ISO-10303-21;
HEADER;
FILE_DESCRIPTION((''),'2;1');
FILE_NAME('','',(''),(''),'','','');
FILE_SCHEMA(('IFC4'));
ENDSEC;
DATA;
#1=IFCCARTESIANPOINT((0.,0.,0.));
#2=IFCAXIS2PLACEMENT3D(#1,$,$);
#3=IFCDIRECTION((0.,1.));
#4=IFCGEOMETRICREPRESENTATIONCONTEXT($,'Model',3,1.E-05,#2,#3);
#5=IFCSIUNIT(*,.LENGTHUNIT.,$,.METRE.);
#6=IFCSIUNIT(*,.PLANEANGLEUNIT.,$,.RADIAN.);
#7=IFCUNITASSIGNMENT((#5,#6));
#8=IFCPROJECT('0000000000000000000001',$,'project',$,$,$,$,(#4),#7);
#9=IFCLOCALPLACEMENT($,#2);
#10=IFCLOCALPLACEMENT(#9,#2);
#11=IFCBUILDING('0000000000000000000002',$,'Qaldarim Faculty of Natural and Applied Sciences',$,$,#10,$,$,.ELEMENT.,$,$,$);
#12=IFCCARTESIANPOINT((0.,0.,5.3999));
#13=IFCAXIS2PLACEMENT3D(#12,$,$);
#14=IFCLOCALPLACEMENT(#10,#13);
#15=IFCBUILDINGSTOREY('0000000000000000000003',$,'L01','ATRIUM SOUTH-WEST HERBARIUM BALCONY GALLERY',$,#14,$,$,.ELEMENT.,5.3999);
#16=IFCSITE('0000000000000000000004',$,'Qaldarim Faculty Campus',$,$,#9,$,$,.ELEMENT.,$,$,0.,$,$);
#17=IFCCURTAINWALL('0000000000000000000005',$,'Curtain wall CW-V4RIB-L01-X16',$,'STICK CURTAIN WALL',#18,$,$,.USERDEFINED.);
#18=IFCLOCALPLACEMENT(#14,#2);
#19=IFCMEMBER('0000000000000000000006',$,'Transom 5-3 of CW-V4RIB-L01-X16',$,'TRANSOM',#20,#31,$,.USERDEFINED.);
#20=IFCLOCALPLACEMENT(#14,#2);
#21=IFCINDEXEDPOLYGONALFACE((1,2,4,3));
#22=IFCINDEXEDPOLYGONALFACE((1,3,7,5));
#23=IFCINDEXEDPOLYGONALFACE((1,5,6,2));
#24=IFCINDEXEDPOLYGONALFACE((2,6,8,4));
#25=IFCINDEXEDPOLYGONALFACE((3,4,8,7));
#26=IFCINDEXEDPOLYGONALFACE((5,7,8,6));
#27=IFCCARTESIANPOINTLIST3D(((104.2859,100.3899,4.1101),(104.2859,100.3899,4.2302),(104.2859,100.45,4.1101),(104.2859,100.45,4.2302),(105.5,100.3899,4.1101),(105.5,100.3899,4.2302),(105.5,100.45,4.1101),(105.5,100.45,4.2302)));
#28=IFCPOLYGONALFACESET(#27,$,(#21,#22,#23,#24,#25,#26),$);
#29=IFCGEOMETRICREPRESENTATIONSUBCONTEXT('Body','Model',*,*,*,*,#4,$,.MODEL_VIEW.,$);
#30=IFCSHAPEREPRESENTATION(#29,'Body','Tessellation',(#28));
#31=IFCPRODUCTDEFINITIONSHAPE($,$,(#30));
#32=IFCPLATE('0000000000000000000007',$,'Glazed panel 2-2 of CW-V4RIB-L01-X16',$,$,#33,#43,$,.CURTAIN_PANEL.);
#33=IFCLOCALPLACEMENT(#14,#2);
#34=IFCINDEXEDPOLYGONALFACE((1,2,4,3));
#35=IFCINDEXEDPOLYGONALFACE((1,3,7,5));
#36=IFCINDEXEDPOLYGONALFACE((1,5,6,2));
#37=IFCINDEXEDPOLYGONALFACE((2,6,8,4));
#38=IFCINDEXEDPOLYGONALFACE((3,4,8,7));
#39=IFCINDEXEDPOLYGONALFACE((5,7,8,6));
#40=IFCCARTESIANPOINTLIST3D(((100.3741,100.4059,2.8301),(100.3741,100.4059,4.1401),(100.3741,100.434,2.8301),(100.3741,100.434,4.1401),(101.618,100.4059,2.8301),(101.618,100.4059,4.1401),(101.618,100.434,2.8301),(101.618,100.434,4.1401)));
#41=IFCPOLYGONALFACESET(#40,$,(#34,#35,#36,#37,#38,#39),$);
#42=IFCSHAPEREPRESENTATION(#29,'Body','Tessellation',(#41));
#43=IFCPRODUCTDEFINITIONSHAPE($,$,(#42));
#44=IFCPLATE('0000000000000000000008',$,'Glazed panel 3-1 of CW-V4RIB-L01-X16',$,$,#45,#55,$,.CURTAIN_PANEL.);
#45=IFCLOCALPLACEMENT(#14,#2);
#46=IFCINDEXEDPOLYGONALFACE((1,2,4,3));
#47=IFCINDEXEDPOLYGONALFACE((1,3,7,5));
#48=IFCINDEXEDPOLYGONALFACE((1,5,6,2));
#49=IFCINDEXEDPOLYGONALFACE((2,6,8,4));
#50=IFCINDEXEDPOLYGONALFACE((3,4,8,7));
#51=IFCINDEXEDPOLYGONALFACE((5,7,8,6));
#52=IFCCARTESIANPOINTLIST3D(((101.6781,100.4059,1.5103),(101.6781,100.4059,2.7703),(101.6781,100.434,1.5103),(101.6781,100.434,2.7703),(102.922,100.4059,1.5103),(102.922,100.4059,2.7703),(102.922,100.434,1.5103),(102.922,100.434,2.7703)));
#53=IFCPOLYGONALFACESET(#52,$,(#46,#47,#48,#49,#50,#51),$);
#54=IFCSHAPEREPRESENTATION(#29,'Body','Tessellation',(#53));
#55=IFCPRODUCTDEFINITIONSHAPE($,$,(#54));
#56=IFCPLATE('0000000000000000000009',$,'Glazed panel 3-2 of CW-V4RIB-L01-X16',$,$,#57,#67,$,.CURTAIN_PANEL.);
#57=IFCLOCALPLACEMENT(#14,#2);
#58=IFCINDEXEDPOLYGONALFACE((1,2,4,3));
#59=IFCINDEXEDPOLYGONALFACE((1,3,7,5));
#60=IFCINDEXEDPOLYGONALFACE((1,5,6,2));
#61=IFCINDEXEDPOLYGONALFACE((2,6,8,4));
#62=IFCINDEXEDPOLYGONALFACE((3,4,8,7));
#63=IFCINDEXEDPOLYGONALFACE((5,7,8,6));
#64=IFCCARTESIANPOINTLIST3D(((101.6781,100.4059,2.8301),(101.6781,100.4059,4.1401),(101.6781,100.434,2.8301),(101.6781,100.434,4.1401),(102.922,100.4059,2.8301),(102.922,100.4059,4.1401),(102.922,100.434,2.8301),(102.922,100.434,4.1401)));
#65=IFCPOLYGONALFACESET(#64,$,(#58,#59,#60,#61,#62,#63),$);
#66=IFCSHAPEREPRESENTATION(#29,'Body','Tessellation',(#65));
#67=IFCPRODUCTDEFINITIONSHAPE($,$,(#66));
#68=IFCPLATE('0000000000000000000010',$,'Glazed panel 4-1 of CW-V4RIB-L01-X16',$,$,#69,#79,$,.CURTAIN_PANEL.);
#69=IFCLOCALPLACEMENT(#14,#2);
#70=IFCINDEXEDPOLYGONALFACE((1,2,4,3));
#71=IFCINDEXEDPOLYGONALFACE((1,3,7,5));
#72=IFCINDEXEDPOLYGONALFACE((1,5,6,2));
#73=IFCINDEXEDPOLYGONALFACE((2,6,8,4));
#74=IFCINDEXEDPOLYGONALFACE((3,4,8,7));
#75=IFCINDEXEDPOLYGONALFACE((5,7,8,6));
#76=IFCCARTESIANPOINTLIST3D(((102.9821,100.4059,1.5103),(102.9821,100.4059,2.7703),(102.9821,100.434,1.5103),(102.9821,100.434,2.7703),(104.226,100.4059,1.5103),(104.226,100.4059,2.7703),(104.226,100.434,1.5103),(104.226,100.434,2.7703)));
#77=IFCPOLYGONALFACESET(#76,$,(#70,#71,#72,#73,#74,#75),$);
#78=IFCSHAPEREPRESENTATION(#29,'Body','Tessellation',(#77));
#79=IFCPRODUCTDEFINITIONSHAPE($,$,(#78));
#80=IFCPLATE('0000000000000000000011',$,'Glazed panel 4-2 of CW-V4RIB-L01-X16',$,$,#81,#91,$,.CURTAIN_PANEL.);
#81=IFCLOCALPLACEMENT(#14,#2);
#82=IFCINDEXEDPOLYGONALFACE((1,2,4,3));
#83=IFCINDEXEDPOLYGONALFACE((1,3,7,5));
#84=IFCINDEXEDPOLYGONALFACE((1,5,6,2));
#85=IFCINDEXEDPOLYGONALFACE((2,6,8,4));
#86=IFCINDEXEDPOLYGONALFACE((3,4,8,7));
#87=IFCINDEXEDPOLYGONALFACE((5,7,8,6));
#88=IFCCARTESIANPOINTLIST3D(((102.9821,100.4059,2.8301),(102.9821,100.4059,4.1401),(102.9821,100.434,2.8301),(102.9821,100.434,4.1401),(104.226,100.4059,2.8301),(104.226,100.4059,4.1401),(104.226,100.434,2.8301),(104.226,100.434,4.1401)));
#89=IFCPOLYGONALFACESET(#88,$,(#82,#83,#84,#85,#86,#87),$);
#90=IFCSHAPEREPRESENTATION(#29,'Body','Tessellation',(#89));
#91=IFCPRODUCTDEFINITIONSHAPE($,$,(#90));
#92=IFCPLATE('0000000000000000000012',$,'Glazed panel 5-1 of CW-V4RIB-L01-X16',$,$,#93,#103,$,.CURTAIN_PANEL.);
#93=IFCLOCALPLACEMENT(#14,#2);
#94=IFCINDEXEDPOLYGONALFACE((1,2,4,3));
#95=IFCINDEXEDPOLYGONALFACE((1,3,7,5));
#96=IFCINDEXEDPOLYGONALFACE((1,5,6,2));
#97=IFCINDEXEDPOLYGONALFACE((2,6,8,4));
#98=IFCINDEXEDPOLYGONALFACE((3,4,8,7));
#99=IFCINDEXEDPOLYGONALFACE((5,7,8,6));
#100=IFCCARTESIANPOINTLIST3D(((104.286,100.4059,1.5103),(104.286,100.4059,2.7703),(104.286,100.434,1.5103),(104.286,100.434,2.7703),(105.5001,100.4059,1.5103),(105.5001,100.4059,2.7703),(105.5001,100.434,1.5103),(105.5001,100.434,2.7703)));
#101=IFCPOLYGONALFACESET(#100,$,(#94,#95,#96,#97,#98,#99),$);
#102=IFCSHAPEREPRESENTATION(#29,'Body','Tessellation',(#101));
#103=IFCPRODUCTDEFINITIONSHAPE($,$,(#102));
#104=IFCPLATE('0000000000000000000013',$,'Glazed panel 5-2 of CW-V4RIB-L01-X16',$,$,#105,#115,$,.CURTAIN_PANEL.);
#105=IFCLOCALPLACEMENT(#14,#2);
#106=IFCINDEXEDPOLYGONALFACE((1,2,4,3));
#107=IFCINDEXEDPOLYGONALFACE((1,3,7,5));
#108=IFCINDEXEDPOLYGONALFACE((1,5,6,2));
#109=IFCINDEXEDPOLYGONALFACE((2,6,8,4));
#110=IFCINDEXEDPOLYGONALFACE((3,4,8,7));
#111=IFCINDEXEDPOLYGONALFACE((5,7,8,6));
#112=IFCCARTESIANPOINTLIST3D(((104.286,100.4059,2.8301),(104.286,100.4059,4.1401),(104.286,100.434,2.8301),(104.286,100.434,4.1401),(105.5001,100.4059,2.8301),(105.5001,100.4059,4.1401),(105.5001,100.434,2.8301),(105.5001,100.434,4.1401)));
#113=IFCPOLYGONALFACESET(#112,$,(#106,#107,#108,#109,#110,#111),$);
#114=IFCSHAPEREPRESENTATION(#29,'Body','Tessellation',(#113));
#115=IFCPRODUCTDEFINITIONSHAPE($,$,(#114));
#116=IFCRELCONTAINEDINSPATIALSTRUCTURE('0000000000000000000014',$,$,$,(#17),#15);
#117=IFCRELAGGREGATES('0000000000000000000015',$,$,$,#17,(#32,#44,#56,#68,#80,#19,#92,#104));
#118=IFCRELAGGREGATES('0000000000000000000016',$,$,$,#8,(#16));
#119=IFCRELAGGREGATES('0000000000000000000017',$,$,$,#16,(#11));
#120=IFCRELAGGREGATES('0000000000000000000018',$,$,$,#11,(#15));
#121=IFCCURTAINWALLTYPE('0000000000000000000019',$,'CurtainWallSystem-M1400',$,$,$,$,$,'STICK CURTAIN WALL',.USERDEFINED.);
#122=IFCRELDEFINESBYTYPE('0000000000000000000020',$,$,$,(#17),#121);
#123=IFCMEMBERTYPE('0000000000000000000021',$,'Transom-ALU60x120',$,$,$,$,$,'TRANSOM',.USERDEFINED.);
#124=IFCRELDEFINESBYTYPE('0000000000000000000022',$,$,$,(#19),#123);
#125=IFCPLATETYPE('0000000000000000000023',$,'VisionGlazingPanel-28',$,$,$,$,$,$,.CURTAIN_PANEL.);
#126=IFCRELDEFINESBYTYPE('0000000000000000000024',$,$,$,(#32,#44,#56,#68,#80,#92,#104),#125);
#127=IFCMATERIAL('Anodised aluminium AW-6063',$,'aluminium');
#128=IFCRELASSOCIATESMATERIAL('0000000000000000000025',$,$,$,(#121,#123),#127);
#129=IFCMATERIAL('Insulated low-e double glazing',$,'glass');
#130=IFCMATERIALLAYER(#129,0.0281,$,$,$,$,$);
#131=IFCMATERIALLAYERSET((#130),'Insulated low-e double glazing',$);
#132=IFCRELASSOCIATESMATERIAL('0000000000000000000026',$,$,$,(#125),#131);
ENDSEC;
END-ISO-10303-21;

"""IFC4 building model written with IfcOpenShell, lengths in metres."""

from ifc_helpers import new_model, si_unit, direction, frame, origin, origin_2d, place, context, subcontext, project, spatial, rectangle, extrude, material, layer, layer_set, material_profile, profile_set, type_object, element, aggregate, save


model = new_model("IFC4")

# Units and contexts
model_context = context("Model", 3, precision=1e-05, world=origin(), true_north=direction((0.0, 1.0)))
body_context = subcontext(model_context, "Body", "Model", "MODEL_VIEW")
ifc_project = project(units=[si_unit("LENGTHUNIT", "METRE"), si_unit("PLANEANGLEUNIT", "RADIAN")], contexts=[model_context])

# Site, building, storey
site_placement = place(None, origin())
site = spatial("IfcSite", under=ifc_project, at=site_placement, Name="Qaldarim Faculty Campus", CompositionType="ELEMENT", RefElevation=0.0)
building_placement = place(site_placement, origin())
building = spatial("IfcBuilding", under=site, at=building_placement, Name="Qaldarim Faculty of Natural and Applied Sciences", CompositionType="ELEMENT")
storey_placement = place(building_placement, frame((0.0, 0.0, 5.3999)))
storey = spatial("IfcBuildingStorey", under=building, at=storey_placement, Name="L01", Description="ATRIUM SOUTH-WEST HERBARIUM BALCONY GALLERY", CompositionType="ELEMENT", Elevation=5.3999)

# Curtain wall, member, plates
ifc_material_1 = material(Name="Anodised aluminium AW-6063", Category="aluminium")
curtain_wall_type = type_object("IfcCurtainWallType", Name="CurtainWallSystem-M1400", ElementType="STICK CURTAIN WALL", PredefinedType="USERDEFINED", material=ifc_material_1)
curtain_wall_placement = place(storey_placement, origin())
curtain_wall = element("IfcCurtainWall", 1, at=curtain_wall_placement, inside=storey, type_object=curtain_wall_type, Name="Curtain wall CW-V4RIB-L01-X16", ObjectType="STICK CURTAIN WALL", PredefinedType="USERDEFINED")
ifc_material_profile_1 = material_profile(ifc_material_1, rectangle(XDim=0.0601, YDim=0.1201, at=origin_2d()), Name="ALU-T60x120")
ifc_profile_set_1 = profile_set([ifc_material_profile_1], Name="Anodised aluminium AW-6063")
member_type_1 = type_object("IfcMemberType", Name="Transom-ALU60x120", ElementType="TRANSOM", PredefinedType="USERDEFINED", material=ifc_profile_set_1)
member_1_placement = place(storey_placement, frame((104.2859, 100.4199, 4.1702), z_axis=(1.0, 0.0, 0.0), x_axis=(0.0, 1.0, 0.0)))
member_1 = element("IfcMember", 2, at=member_1_placement, type_object=member_type_1, Name="Transom 5-3 of CW-V4RIB-L01-X16", ObjectType="TRANSOM", PredefinedType="USERDEFINED", context=body_context, shape_type="SweptSolid", body=[
    extrude(rectangle(XDim=0.0601, YDim=0.1201, at=origin_2d()), origin(), (0.0, 0.0, 1.0), 1.2141),
])
ifc_material_2 = material(Name="Insulated low-e double glazing", Category="glass")
ifc_layer = layer(ifc_material_2, 0.0281)
ifc_layer_set = layer_set([ifc_layer], Name="Insulated low-e double glazing")
plate_type = type_object("IfcPlateType", Name="VisionGlazingPanel-28", PredefinedType="CURTAIN_PANEL", material=ifc_layer_set)
plate_1_placement = place(storey_placement, frame((100.9961, 100.4199, 2.8301), z_axis=(0.0, 0.0, 1.0), x_axis=(1.0, 0.0, 0.0)))
plate_1 = element("IfcPlate", 3, at=plate_1_placement, type_object=plate_type, Name="Glazed panel 2-2 of CW-V4RIB-L01-X16", PredefinedType="CURTAIN_PANEL", context=body_context, shape_type="SweptSolid", body=[
    extrude(rectangle(XDim=1.2439, YDim=0.0281, at=origin_2d()), origin(), (0.0, 0.0, 1.0), 1.3101),
])
plate_2_placement = place(storey_placement, frame((102.3, 100.4199, 1.5103), z_axis=(0.0, 0.0, 1.0), x_axis=(1.0, 0.0, 0.0)))
plate_2 = element("IfcPlate", 4, at=plate_2_placement, type_object=plate_type, Name="Glazed panel 3-1 of CW-V4RIB-L01-X16", PredefinedType="CURTAIN_PANEL", context=body_context, shape_type="SweptSolid", body=[
    extrude(rectangle(XDim=1.2439, YDim=0.0281, at=origin_2d()), origin(), (0.0, 0.0, 1.0), 1.26),
])
plate_3_placement = place(storey_placement, frame((102.3, 100.4199, 2.8301), z_axis=(0.0, 0.0, 1.0), x_axis=(1.0, 0.0, 0.0)))
plate_3 = element("IfcPlate", 5, at=plate_3_placement, type_object=plate_type, Name="Glazed panel 3-2 of CW-V4RIB-L01-X16", PredefinedType="CURTAIN_PANEL", context=body_context, shape_type="SweptSolid", body=[
    extrude(rectangle(XDim=1.2439, YDim=0.0281, at=origin_2d()), origin(), (0.0, 0.0, 1.0), 1.3101),
])
plate_4_placement = place(storey_placement, frame((103.604, 100.4199, 1.5103), z_axis=(0.0, 0.0, 1.0), x_axis=(1.0, 0.0, 0.0)))
plate_4 = element("IfcPlate", 6, at=plate_4_placement, type_object=plate_type, Name="Glazed panel 4-1 of CW-V4RIB-L01-X16", PredefinedType="CURTAIN_PANEL", context=body_context, shape_type="SweptSolid", body=[
    extrude(rectangle(XDim=1.2439, YDim=0.0281, at=origin_2d()), origin(), (0.0, 0.0, 1.0), 1.26),
])
plate_5_placement = place(storey_placement, frame((103.604, 100.4199, 2.8301), z_axis=(0.0, 0.0, 1.0), x_axis=(1.0, 0.0, 0.0)))
plate_5 = element("IfcPlate", 7, at=plate_5_placement, type_object=plate_type, Name="Glazed panel 4-2 of CW-V4RIB-L01-X16", PredefinedType="CURTAIN_PANEL", context=body_context, shape_type="SweptSolid", body=[
    extrude(rectangle(XDim=1.2439, YDim=0.0281, at=origin_2d()), origin(), (0.0, 0.0, 1.0), 1.3101),
])
plate_6_placement = place(storey_placement, frame((104.8931, 100.4199, 1.5103), z_axis=(0.0, 0.0, 1.0), x_axis=(1.0, 0.0, 0.0)))
plate_6 = element("IfcPlate", 8, at=plate_6_placement, type_object=plate_type, Name="Glazed panel 5-1 of CW-V4RIB-L01-X16", PredefinedType="CURTAIN_PANEL", context=body_context, shape_type="SweptSolid", body=[
    extrude(rectangle(XDim=1.2141, YDim=0.0281, at=origin_2d()), origin(), (0.0, 0.0, 1.0), 1.26),
])
plate_7_placement = place(storey_placement, frame((104.8931, 100.4199, 2.8301), z_axis=(0.0, 0.0, 1.0), x_axis=(1.0, 0.0, 0.0)))
plate_7 = element("IfcPlate", 9, at=plate_7_placement, type_object=plate_type, Name="Glazed panel 5-2 of CW-V4RIB-L01-X16", PredefinedType="CURTAIN_PANEL", context=body_context, shape_type="SweptSolid", body=[
    extrude(rectangle(XDim=1.2141, YDim=0.0281, at=origin_2d()), origin(), (0.0, 0.0, 1.0), 1.3101),
])
aggregate(curtain_wall, [plate_1, plate_2, plate_3, plate_4, plate_5, member_1, plate_6, plate_7])

save(model, "model.ifc")
